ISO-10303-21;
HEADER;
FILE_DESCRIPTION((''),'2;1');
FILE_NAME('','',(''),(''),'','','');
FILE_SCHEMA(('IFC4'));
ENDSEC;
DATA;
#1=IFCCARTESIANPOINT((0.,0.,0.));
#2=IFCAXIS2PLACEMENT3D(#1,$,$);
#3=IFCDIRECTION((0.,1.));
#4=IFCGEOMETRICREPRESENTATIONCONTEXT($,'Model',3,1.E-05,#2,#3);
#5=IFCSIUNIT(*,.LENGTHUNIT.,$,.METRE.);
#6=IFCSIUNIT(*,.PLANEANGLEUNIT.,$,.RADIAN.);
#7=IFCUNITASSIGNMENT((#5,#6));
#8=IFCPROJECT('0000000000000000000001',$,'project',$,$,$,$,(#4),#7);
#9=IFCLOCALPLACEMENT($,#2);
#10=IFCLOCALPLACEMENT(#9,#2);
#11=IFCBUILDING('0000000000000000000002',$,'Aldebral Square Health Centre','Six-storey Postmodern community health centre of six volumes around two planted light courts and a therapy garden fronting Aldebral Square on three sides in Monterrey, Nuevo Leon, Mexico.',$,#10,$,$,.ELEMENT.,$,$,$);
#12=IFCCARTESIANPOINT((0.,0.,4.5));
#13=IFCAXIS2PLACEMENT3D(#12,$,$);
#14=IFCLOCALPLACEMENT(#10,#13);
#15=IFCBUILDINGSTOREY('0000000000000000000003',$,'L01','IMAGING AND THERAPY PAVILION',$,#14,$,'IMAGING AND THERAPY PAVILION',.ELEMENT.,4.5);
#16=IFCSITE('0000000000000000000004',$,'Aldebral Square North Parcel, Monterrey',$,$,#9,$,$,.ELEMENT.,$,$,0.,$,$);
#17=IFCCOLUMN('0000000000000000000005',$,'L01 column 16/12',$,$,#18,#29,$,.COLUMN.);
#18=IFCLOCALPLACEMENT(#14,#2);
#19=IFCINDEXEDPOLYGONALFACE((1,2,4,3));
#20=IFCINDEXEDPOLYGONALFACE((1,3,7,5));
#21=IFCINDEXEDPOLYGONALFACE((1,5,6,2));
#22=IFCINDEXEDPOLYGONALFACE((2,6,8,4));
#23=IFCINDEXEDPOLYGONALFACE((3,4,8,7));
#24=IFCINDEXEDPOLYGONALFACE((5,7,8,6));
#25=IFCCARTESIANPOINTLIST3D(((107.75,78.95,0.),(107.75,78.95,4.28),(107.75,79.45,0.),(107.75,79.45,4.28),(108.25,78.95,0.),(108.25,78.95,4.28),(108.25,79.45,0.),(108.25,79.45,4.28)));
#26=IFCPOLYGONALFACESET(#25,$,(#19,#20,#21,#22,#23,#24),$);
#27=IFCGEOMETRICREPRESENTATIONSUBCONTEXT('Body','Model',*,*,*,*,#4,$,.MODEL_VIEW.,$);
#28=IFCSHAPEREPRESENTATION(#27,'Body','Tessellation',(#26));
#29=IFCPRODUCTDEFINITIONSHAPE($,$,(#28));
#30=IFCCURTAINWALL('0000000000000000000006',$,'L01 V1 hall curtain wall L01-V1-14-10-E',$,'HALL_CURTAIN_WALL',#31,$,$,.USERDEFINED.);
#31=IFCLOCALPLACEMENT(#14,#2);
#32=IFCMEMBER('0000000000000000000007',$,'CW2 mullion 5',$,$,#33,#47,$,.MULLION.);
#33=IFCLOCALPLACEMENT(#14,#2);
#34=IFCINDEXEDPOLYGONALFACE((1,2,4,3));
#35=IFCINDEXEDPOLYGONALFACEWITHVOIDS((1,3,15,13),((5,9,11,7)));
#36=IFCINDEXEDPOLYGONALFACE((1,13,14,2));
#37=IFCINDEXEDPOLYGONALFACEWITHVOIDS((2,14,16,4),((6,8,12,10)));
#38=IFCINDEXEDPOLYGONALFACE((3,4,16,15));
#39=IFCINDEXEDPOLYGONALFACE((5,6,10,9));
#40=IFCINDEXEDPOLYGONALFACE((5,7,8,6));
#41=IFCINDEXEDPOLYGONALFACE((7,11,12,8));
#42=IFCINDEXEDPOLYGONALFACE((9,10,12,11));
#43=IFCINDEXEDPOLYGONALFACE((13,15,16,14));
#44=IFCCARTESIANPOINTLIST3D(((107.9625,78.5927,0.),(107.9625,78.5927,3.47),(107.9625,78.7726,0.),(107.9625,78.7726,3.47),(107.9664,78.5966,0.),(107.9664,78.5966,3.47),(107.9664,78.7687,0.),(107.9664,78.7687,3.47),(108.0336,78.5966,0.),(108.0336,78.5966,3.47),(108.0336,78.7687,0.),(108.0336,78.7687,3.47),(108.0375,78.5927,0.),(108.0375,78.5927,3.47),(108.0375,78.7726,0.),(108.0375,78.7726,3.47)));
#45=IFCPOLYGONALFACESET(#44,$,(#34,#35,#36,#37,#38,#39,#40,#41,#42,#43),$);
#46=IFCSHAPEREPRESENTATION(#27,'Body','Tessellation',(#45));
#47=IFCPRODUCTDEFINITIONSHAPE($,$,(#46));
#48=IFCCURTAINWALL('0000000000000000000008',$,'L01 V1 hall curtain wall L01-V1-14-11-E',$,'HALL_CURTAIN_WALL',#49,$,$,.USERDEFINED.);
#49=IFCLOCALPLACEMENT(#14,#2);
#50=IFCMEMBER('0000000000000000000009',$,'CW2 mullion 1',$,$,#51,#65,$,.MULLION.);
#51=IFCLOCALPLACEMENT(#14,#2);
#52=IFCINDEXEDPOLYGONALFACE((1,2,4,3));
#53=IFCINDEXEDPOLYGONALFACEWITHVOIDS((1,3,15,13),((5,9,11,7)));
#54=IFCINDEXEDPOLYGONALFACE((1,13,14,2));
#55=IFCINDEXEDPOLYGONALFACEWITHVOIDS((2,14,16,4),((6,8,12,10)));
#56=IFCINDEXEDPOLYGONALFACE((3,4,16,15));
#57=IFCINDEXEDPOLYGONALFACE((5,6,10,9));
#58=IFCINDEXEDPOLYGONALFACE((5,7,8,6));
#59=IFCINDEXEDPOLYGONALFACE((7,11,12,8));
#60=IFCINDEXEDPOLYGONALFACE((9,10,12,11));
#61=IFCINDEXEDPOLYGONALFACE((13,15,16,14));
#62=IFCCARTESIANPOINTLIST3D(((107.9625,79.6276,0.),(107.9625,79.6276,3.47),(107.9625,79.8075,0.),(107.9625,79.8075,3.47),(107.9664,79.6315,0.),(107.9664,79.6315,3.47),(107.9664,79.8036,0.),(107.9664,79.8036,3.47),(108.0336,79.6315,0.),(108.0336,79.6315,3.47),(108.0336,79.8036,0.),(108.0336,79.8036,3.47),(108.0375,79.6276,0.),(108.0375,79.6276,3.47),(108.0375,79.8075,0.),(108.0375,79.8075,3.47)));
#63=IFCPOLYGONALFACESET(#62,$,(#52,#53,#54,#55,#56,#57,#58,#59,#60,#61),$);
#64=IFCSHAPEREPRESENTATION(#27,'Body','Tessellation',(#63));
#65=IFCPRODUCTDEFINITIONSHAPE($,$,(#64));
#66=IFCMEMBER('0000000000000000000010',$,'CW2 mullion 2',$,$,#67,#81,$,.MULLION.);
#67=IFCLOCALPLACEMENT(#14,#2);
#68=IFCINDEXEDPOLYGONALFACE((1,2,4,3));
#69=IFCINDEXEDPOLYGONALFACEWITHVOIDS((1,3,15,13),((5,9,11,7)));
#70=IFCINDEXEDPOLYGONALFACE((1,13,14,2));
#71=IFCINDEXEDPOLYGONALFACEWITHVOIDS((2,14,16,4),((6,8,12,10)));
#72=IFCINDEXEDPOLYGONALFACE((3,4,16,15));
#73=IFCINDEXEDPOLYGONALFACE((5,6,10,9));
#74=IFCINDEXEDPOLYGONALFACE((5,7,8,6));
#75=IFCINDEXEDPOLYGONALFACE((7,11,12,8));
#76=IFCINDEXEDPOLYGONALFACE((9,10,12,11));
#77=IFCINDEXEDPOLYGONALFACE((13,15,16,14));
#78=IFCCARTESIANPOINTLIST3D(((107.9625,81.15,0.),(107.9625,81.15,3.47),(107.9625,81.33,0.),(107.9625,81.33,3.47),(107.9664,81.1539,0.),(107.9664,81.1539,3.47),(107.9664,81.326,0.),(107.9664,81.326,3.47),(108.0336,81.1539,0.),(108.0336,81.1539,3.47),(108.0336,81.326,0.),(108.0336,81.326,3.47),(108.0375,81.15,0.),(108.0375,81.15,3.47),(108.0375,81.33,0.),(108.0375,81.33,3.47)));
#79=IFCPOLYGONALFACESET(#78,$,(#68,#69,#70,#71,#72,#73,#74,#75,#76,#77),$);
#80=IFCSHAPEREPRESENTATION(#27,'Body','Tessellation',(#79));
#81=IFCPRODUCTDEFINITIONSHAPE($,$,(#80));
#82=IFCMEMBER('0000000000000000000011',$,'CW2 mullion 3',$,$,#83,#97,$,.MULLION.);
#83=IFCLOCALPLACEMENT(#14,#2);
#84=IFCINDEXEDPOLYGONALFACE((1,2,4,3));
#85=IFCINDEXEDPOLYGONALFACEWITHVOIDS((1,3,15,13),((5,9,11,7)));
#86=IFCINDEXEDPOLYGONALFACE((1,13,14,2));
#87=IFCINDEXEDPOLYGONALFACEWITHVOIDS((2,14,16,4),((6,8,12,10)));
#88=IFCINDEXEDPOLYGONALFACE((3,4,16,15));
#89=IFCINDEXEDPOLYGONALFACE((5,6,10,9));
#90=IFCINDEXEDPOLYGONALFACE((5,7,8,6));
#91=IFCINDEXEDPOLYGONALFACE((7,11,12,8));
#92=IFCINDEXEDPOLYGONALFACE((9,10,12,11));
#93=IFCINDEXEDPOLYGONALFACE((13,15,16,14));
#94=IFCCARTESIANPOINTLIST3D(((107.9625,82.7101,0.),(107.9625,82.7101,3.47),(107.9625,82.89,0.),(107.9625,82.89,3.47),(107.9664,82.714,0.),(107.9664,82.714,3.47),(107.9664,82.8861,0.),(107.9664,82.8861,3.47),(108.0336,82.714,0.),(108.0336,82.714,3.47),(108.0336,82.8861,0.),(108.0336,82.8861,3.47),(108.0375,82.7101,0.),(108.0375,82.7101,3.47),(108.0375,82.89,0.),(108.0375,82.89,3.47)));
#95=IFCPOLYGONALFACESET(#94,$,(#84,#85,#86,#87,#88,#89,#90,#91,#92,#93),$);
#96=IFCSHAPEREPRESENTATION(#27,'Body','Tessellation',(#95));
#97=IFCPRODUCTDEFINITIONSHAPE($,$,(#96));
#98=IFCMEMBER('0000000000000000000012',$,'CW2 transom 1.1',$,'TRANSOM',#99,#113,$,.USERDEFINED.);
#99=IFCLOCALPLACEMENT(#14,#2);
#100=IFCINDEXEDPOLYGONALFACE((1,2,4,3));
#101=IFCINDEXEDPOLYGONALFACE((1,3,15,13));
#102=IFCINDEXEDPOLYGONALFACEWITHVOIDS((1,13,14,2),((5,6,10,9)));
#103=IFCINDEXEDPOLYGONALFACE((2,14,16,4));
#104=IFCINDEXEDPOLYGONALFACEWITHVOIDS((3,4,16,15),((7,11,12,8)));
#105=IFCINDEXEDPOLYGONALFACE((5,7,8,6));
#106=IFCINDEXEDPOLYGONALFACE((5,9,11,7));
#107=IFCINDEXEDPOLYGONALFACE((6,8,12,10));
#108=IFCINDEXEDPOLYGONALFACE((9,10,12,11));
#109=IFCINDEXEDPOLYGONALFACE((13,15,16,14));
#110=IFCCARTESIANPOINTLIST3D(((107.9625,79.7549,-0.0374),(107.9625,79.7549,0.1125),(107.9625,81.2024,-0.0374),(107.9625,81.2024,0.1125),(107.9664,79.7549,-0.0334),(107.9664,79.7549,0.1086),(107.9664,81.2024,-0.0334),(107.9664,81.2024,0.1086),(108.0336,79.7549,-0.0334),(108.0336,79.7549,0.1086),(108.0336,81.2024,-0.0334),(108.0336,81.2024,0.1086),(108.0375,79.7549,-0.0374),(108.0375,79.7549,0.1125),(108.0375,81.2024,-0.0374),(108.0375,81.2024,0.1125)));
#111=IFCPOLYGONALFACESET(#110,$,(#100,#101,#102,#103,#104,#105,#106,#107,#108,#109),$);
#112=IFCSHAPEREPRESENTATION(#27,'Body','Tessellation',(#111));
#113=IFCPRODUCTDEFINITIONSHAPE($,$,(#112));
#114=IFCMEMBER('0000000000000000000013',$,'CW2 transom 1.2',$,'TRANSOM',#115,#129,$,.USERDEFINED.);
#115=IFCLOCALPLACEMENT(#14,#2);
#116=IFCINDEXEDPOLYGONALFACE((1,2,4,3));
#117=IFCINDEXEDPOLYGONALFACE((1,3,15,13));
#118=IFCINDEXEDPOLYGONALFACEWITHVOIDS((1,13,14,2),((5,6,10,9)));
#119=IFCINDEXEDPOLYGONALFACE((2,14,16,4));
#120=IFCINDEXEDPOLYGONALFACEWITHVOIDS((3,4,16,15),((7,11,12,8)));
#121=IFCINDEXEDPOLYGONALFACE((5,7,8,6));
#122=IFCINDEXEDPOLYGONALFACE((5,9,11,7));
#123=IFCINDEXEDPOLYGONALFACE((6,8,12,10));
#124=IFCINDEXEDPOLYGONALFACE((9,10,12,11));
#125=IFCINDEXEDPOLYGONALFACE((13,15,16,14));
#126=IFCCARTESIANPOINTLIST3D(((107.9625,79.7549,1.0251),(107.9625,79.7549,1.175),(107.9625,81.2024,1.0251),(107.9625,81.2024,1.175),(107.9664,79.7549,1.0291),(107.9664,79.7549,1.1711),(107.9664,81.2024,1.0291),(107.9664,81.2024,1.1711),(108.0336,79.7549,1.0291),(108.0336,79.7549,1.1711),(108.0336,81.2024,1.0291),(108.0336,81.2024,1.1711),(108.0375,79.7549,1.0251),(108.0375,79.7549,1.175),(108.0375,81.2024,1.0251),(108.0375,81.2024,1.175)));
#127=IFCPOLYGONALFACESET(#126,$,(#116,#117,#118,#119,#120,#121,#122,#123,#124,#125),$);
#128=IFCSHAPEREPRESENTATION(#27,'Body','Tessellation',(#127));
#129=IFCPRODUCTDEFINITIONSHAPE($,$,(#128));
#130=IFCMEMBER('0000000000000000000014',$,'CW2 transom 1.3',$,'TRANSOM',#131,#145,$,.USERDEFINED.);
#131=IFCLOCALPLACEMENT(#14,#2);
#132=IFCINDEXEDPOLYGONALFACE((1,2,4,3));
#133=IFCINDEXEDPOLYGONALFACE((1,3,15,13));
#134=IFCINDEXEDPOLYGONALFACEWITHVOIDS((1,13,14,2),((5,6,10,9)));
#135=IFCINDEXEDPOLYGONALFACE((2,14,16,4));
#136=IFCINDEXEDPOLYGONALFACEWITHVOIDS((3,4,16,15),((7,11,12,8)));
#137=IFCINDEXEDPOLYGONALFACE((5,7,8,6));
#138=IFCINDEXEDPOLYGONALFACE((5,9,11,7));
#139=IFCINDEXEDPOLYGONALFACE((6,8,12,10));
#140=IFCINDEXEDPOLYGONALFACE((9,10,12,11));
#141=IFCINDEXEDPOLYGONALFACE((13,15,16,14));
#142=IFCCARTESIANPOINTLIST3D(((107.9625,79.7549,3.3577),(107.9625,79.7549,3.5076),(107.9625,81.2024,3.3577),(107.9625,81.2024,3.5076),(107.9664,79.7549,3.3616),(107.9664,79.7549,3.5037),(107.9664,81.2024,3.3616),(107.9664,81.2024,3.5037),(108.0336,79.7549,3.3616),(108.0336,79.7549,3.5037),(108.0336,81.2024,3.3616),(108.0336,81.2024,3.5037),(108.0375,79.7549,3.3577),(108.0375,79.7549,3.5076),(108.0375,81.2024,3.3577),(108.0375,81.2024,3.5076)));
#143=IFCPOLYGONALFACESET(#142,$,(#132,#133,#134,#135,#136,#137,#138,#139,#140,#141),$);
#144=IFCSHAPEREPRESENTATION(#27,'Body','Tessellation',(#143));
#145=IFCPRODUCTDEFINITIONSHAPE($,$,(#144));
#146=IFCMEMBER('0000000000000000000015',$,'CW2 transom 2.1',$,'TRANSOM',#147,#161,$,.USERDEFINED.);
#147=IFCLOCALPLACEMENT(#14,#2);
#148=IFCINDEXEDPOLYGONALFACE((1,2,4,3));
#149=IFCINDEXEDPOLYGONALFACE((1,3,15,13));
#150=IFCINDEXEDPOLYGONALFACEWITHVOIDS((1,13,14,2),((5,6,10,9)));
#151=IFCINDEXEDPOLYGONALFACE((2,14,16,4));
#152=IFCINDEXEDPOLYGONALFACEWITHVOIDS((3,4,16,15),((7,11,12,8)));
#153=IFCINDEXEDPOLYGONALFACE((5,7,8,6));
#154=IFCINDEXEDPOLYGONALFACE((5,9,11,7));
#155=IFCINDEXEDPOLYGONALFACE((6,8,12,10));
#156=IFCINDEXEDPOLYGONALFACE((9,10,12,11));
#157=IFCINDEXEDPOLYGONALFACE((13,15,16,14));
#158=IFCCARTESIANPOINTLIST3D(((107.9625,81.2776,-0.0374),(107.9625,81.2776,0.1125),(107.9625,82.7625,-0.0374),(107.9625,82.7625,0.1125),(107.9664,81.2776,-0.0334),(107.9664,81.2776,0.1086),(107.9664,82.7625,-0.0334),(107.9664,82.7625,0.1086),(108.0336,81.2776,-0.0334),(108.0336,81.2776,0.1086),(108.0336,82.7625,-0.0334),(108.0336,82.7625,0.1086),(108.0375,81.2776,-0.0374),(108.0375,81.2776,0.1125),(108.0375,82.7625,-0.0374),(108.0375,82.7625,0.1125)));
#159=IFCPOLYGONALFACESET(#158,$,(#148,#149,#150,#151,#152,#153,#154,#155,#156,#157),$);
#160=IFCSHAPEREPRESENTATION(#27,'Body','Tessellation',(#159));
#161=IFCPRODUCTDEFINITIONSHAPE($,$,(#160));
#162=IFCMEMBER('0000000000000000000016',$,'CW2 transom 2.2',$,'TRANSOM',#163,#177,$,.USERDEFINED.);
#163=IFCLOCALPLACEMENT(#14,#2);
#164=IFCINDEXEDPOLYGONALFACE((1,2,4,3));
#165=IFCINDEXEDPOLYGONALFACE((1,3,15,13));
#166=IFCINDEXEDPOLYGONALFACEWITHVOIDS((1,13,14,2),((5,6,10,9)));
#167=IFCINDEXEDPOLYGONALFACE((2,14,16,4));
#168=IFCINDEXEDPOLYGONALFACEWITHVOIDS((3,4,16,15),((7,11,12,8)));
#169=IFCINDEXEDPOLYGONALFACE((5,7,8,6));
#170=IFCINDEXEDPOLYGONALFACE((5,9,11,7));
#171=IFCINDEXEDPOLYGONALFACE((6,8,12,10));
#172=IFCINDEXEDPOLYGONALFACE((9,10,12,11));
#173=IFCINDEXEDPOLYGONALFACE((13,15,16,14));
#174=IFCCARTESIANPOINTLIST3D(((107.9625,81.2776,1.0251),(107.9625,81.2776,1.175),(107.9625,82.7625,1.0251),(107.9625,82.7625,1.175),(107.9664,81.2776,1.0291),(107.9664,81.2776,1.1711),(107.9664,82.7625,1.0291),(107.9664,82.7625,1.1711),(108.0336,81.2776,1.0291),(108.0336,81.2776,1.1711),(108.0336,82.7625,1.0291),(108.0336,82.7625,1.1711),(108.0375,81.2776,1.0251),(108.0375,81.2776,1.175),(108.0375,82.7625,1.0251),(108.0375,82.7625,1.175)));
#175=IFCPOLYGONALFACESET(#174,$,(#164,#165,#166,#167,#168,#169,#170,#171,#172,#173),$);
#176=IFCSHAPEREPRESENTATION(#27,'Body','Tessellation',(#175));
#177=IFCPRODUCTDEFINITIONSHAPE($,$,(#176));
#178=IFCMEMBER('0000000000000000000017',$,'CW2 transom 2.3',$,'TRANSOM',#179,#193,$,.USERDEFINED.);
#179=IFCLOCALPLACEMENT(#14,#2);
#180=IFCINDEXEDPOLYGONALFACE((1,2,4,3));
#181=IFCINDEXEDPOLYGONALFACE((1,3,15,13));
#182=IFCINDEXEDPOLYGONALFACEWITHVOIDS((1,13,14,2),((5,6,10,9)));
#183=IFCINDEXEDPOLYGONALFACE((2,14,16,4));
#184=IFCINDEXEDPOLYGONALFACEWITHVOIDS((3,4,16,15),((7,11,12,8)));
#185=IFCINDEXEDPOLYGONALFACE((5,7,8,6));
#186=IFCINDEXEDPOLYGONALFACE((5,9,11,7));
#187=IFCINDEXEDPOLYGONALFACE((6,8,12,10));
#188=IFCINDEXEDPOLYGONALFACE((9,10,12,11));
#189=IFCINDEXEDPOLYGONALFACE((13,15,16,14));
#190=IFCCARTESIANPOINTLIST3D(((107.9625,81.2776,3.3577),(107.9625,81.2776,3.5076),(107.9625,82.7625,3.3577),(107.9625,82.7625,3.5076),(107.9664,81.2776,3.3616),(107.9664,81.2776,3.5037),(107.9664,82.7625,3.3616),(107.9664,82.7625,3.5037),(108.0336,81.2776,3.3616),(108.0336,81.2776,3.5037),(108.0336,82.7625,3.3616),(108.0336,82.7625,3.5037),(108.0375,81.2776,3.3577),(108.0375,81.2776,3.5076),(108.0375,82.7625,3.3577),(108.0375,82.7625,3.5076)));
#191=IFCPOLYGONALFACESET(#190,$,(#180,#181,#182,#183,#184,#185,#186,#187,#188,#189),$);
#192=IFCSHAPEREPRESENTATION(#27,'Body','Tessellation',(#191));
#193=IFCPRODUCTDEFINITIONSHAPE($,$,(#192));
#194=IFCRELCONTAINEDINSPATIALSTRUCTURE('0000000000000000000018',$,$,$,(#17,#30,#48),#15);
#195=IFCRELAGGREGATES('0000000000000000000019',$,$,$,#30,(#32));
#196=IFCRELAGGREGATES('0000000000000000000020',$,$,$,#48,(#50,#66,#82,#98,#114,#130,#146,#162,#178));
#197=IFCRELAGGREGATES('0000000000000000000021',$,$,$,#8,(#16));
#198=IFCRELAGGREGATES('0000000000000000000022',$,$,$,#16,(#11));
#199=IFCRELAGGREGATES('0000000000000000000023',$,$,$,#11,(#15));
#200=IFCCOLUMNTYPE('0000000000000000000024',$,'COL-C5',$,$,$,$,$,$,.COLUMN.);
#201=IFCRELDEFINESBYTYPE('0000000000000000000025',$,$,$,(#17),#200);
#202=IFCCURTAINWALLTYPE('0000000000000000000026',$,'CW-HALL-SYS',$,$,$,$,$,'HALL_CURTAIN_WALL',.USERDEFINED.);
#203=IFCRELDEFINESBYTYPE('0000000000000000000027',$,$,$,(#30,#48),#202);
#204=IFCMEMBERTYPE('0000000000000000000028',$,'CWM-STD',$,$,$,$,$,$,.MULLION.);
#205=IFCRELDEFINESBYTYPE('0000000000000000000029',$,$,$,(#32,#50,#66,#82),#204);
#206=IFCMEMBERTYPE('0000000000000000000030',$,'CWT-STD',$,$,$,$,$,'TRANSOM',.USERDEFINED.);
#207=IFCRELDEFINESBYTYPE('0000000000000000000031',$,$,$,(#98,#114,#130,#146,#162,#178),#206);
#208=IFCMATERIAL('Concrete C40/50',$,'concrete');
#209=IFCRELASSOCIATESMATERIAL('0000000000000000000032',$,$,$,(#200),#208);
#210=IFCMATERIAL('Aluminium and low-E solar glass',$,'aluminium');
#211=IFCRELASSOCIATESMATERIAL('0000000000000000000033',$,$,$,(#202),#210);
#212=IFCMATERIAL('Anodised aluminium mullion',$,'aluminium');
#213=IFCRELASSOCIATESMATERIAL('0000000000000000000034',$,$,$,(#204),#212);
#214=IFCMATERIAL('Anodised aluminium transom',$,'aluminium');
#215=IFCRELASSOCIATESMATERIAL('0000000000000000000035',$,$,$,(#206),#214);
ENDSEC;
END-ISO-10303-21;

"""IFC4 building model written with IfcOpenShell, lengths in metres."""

from ifc_helpers import new_model, si_unit, direction, frame, origin, origin_2d, place, context, subcontext, project, spatial, rectangle, hollow_rectangle, extrude, material, material_profile, profile_set, type_object, element, aggregate, save


model = new_model("IFC4")

# Units and contexts
model_context = context("Model", 3, precision=1e-05, world=origin(), true_north=direction((0.0, 1.0)))
body_context = subcontext(model_context, "Body", "Model", "MODEL_VIEW")
ifc_project = project(units=[si_unit("LENGTHUNIT", "METRE"), si_unit("PLANEANGLEUNIT", "RADIAN")], contexts=[model_context])

# Site, building, storey
site_placement = place(None, origin())
site = spatial("IfcSite", under=ifc_project, at=site_placement, Name="Aldebral Square North Parcel, Monterrey", CompositionType="ELEMENT", RefElevation=0.0)
building_placement = place(site_placement, origin())
building = spatial("IfcBuilding", under=site, at=building_placement, Name="Aldebral Square Health Centre", Description="Six-storey Postmodern community health centre of six volumes around two planted light courts and a therapy garden fronting Aldebral Square on three sides in Monterrey, Nuevo Leon, Mexico.", CompositionType="ELEMENT")
storey_placement = place(building_placement, frame((0.0, 0.0, 4.5)))
storey = spatial("IfcBuildingStorey", under=building, at=storey_placement, Name="L01", Description="IMAGING AND THERAPY PAVILION", LongName="IMAGING AND THERAPY PAVILION", CompositionType="ELEMENT", Elevation=4.5)

# Column
ifc_material_1 = material(Name="Concrete C40/50", Category="concrete")
ifc_material_profile_1 = material_profile(ifc_material_1, rectangle(XDim=0.5, YDim=0.5, at=origin_2d()), Name="RC 500x500")
ifc_profile_set_1 = profile_set([ifc_material_profile_1], Name="Concrete C40/50")
column_type = type_object("IfcColumnType", Name="COL-C5", PredefinedType="COLUMN", material=ifc_profile_set_1)
column_placement = place(storey_placement, frame((108.0, 79.2, 0.0), z_axis=(0.0, 0.0, 1.0), x_axis=(1.0, 0.0, 0.0)))
element("IfcColumn", 1, at=column_placement, inside=storey, type_object=column_type, Name="L01 column 16/12", PredefinedType="COLUMN", context=body_context, shape_type="SweptSolid", body=[
    extrude(rectangle(XDim=0.5, YDim=0.5, at=origin_2d()), origin(), (0.0, 0.0, 1.0), 4.28),
])

# Curtain wall, member
ifc_material_2 = material(Name="Aluminium and low-E solar glass", Category="aluminium")
curtain_wall_type = type_object("IfcCurtainWallType", Name="CW-HALL-SYS", ElementType="HALL_CURTAIN_WALL", PredefinedType="USERDEFINED", material=ifc_material_2)
curtain_wall_1_placement = place(storey_placement, origin())
curtain_wall_1 = element("IfcCurtainWall", 2, at=curtain_wall_1_placement, inside=storey, type_object=curtain_wall_type, Name="L01 V1 hall curtain wall L01-V1-14-10-E", ObjectType="HALL_CURTAIN_WALL", PredefinedType="USERDEFINED")
ifc_material_3 = material(Name="Anodised aluminium mullion", Category="aluminium")
ifc_material_profile_2 = material_profile(ifc_material_3, hollow_rectangle(XDim=0.075, YDim=0.1799, WallThickness=0.0039, at=origin_2d()), Name="CWM 75x180x4")
ifc_profile_set_2 = profile_set([ifc_material_profile_2], Name="Anodised aluminium mullion")
member_type_1 = type_object("IfcMemberType", Name="CWM-STD", PredefinedType="MULLION", material=ifc_profile_set_2)
member_1_placement = place(storey_placement, frame((108.0, 78.6826, 0.0), z_axis=(0.0, 0.0, 1.0), x_axis=(-1.0, 0.0, 0.0)))
member_1 = element("IfcMember", 3, at=member_1_placement, type_object=member_type_1, Name="CW2 mullion 5", PredefinedType="MULLION", context=body_context, shape_type="SweptSolid", body=[
    extrude(hollow_rectangle(XDim=0.075, YDim=0.1799, WallThickness=0.0039, at=origin_2d()), origin(), (0.0, 0.0, 1.0), 3.47),
])

# Curtain wall, members
curtain_wall_2_placement = place(storey_placement, origin())
curtain_wall_2 = element("IfcCurtainWall", 4, at=curtain_wall_2_placement, inside=storey, type_object=curtain_wall_type, Name="L01 V1 hall curtain wall L01-V1-14-11-E", ObjectType="HALL_CURTAIN_WALL", PredefinedType="USERDEFINED")
member_2_placement = place(storey_placement, frame((108.0, 79.7175, 0.0), z_axis=(0.0, 0.0, 1.0), x_axis=(-1.0, 0.0, 0.0)))
member_2 = element("IfcMember", 5, at=member_2_placement, type_object=member_type_1, Name="CW2 mullion 1", PredefinedType="MULLION", context=body_context, shape_type="SweptSolid", body=[
    extrude(hollow_rectangle(XDim=0.075, YDim=0.1799, WallThickness=0.0039, at=origin_2d()), origin(), (0.0, 0.0, 1.0), 3.47),
])
member_3_placement = place(storey_placement, frame((108.0, 81.24, 0.0), z_axis=(0.0, 0.0, 1.0), x_axis=(-1.0, 0.0, 0.0)))
member_3 = element("IfcMember", 6, at=member_3_placement, type_object=member_type_1, Name="CW2 mullion 2", PredefinedType="MULLION", context=body_context, shape_type="SweptSolid", body=[
    extrude(hollow_rectangle(XDim=0.075, YDim=0.1799, WallThickness=0.0039, at=origin_2d()), origin(), (0.0, 0.0, 1.0), 3.47),
])
member_4_placement = place(storey_placement, frame((108.0, 82.8, 0.0), z_axis=(0.0, 0.0, 1.0), x_axis=(-1.0, 0.0, 0.0)))
member_4 = element("IfcMember", 7, at=member_4_placement, type_object=member_type_1, Name="CW2 mullion 3", PredefinedType="MULLION", context=body_context, shape_type="SweptSolid", body=[
    extrude(hollow_rectangle(XDim=0.075, YDim=0.1799, WallThickness=0.0039, at=origin_2d()), origin(), (0.0, 0.0, 1.0), 3.47),
])
ifc_material_4 = material(Name="Anodised aluminium transom", Category="aluminium")
ifc_material_profile_3 = material_profile(ifc_material_4, hollow_rectangle(XDim=0.075, YDim=0.1499, WallThickness=0.0039, at=origin_2d()), Name="CWT 75x150x4")
ifc_profile_set_3 = profile_set([ifc_material_profile_3], Name="Anodised aluminium transom")
member_type_2 = type_object("IfcMemberType", Name="CWT-STD", ElementType="TRANSOM", PredefinedType="USERDEFINED", material=ifc_profile_set_3)
member_5_placement = place(storey_placement, frame((108.0, 79.7549, 0.0376), z_axis=(0.0, 1.0, 0.0), x_axis=(-1.0, 0.0, 0.0)))
member_5 = element("IfcMember", 8, at=member_5_placement, type_object=member_type_2, Name="CW2 transom 1.1", ObjectType="TRANSOM", PredefinedType="USERDEFINED", context=body_context, shape_type="SweptSolid", body=[
    extrude(hollow_rectangle(XDim=0.075, YDim=0.1499, WallThickness=0.0039, at=origin_2d()), origin(), (0.0, 0.0, 1.0), 1.4475),
])
member_6_placement = place(storey_placement, frame((108.0, 79.7549, 1.1001), z_axis=(0.0, 1.0, 0.0), x_axis=(-1.0, 0.0, 0.0)))
member_6 = element("IfcMember", 9, at=member_6_placement, type_object=member_type_2, Name="CW2 transom 1.2", ObjectType="TRANSOM", PredefinedType="USERDEFINED", context=body_context, shape_type="SweptSolid", body=[
    extrude(hollow_rectangle(XDim=0.075, YDim=0.1499, WallThickness=0.0039, at=origin_2d()), origin(), (0.0, 0.0, 1.0), 1.4475),
])
member_7_placement = place(storey_placement, frame((108.0, 79.7549, 3.4326), z_axis=(0.0, 1.0, 0.0), x_axis=(-1.0, 0.0, 0.0)))
member_7 = element("IfcMember", 10, at=member_7_placement, type_object=member_type_2, Name="CW2 transom 1.3", ObjectType="TRANSOM", PredefinedType="USERDEFINED", context=body_context, shape_type="SweptSolid", body=[
    extrude(hollow_rectangle(XDim=0.075, YDim=0.1499, WallThickness=0.0039, at=origin_2d()), origin(), (0.0, 0.0, 1.0), 1.4475),
])
member_8_placement = place(storey_placement, frame((108.0, 81.2776, 0.0376), z_axis=(0.0, 1.0, 0.0), x_axis=(-1.0, 0.0, 0.0)))
member_8 = element("IfcMember", 11, at=member_8_placement, type_object=member_type_2, Name="CW2 transom 2.1", ObjectType="TRANSOM", PredefinedType="USERDEFINED", context=body_context, shape_type="SweptSolid", body=[
    extrude(hollow_rectangle(XDim=0.075, YDim=0.1499, WallThickness=0.0039, at=origin_2d()), origin(), (0.0, 0.0, 1.0), 1.4849),
])
member_9_placement = place(storey_placement, frame((108.0, 81.2776, 1.1001), z_axis=(0.0, 1.0, 0.0), x_axis=(-1.0, 0.0, 0.0)))
member_9 = element("IfcMember", 12, at=member_9_placement, type_object=member_type_2, Name="CW2 transom 2.2", ObjectType="TRANSOM", PredefinedType="USERDEFINED", context=body_context, shape_type="SweptSolid", body=[
    extrude(hollow_rectangle(XDim=0.075, YDim=0.1499, WallThickness=0.0039, at=origin_2d()), origin(), (0.0, 0.0, 1.0), 1.4849),
])
member_10_placement = place(storey_placement, frame((108.0, 81.2776, 3.4326), z_axis=(0.0, 1.0, 0.0), x_axis=(-1.0, 0.0, 0.0)))
member_10 = element("IfcMember", 13, at=member_10_placement, type_object=member_type_2, Name="CW2 transom 2.3", ObjectType="TRANSOM", PredefinedType="USERDEFINED", context=body_context, shape_type="SweptSolid", body=[
    extrude(hollow_rectangle(XDim=0.075, YDim=0.1499, WallThickness=0.0039, at=origin_2d()), origin(), (0.0, 0.0, 1.0), 1.4849),
])

aggregate(curtain_wall_1, [member_1])
aggregate(curtain_wall_2, [member_2, member_3, member_4, member_5, member_6, member_7, member_8, member_9, member_10])

save(model, "model.ifc")
